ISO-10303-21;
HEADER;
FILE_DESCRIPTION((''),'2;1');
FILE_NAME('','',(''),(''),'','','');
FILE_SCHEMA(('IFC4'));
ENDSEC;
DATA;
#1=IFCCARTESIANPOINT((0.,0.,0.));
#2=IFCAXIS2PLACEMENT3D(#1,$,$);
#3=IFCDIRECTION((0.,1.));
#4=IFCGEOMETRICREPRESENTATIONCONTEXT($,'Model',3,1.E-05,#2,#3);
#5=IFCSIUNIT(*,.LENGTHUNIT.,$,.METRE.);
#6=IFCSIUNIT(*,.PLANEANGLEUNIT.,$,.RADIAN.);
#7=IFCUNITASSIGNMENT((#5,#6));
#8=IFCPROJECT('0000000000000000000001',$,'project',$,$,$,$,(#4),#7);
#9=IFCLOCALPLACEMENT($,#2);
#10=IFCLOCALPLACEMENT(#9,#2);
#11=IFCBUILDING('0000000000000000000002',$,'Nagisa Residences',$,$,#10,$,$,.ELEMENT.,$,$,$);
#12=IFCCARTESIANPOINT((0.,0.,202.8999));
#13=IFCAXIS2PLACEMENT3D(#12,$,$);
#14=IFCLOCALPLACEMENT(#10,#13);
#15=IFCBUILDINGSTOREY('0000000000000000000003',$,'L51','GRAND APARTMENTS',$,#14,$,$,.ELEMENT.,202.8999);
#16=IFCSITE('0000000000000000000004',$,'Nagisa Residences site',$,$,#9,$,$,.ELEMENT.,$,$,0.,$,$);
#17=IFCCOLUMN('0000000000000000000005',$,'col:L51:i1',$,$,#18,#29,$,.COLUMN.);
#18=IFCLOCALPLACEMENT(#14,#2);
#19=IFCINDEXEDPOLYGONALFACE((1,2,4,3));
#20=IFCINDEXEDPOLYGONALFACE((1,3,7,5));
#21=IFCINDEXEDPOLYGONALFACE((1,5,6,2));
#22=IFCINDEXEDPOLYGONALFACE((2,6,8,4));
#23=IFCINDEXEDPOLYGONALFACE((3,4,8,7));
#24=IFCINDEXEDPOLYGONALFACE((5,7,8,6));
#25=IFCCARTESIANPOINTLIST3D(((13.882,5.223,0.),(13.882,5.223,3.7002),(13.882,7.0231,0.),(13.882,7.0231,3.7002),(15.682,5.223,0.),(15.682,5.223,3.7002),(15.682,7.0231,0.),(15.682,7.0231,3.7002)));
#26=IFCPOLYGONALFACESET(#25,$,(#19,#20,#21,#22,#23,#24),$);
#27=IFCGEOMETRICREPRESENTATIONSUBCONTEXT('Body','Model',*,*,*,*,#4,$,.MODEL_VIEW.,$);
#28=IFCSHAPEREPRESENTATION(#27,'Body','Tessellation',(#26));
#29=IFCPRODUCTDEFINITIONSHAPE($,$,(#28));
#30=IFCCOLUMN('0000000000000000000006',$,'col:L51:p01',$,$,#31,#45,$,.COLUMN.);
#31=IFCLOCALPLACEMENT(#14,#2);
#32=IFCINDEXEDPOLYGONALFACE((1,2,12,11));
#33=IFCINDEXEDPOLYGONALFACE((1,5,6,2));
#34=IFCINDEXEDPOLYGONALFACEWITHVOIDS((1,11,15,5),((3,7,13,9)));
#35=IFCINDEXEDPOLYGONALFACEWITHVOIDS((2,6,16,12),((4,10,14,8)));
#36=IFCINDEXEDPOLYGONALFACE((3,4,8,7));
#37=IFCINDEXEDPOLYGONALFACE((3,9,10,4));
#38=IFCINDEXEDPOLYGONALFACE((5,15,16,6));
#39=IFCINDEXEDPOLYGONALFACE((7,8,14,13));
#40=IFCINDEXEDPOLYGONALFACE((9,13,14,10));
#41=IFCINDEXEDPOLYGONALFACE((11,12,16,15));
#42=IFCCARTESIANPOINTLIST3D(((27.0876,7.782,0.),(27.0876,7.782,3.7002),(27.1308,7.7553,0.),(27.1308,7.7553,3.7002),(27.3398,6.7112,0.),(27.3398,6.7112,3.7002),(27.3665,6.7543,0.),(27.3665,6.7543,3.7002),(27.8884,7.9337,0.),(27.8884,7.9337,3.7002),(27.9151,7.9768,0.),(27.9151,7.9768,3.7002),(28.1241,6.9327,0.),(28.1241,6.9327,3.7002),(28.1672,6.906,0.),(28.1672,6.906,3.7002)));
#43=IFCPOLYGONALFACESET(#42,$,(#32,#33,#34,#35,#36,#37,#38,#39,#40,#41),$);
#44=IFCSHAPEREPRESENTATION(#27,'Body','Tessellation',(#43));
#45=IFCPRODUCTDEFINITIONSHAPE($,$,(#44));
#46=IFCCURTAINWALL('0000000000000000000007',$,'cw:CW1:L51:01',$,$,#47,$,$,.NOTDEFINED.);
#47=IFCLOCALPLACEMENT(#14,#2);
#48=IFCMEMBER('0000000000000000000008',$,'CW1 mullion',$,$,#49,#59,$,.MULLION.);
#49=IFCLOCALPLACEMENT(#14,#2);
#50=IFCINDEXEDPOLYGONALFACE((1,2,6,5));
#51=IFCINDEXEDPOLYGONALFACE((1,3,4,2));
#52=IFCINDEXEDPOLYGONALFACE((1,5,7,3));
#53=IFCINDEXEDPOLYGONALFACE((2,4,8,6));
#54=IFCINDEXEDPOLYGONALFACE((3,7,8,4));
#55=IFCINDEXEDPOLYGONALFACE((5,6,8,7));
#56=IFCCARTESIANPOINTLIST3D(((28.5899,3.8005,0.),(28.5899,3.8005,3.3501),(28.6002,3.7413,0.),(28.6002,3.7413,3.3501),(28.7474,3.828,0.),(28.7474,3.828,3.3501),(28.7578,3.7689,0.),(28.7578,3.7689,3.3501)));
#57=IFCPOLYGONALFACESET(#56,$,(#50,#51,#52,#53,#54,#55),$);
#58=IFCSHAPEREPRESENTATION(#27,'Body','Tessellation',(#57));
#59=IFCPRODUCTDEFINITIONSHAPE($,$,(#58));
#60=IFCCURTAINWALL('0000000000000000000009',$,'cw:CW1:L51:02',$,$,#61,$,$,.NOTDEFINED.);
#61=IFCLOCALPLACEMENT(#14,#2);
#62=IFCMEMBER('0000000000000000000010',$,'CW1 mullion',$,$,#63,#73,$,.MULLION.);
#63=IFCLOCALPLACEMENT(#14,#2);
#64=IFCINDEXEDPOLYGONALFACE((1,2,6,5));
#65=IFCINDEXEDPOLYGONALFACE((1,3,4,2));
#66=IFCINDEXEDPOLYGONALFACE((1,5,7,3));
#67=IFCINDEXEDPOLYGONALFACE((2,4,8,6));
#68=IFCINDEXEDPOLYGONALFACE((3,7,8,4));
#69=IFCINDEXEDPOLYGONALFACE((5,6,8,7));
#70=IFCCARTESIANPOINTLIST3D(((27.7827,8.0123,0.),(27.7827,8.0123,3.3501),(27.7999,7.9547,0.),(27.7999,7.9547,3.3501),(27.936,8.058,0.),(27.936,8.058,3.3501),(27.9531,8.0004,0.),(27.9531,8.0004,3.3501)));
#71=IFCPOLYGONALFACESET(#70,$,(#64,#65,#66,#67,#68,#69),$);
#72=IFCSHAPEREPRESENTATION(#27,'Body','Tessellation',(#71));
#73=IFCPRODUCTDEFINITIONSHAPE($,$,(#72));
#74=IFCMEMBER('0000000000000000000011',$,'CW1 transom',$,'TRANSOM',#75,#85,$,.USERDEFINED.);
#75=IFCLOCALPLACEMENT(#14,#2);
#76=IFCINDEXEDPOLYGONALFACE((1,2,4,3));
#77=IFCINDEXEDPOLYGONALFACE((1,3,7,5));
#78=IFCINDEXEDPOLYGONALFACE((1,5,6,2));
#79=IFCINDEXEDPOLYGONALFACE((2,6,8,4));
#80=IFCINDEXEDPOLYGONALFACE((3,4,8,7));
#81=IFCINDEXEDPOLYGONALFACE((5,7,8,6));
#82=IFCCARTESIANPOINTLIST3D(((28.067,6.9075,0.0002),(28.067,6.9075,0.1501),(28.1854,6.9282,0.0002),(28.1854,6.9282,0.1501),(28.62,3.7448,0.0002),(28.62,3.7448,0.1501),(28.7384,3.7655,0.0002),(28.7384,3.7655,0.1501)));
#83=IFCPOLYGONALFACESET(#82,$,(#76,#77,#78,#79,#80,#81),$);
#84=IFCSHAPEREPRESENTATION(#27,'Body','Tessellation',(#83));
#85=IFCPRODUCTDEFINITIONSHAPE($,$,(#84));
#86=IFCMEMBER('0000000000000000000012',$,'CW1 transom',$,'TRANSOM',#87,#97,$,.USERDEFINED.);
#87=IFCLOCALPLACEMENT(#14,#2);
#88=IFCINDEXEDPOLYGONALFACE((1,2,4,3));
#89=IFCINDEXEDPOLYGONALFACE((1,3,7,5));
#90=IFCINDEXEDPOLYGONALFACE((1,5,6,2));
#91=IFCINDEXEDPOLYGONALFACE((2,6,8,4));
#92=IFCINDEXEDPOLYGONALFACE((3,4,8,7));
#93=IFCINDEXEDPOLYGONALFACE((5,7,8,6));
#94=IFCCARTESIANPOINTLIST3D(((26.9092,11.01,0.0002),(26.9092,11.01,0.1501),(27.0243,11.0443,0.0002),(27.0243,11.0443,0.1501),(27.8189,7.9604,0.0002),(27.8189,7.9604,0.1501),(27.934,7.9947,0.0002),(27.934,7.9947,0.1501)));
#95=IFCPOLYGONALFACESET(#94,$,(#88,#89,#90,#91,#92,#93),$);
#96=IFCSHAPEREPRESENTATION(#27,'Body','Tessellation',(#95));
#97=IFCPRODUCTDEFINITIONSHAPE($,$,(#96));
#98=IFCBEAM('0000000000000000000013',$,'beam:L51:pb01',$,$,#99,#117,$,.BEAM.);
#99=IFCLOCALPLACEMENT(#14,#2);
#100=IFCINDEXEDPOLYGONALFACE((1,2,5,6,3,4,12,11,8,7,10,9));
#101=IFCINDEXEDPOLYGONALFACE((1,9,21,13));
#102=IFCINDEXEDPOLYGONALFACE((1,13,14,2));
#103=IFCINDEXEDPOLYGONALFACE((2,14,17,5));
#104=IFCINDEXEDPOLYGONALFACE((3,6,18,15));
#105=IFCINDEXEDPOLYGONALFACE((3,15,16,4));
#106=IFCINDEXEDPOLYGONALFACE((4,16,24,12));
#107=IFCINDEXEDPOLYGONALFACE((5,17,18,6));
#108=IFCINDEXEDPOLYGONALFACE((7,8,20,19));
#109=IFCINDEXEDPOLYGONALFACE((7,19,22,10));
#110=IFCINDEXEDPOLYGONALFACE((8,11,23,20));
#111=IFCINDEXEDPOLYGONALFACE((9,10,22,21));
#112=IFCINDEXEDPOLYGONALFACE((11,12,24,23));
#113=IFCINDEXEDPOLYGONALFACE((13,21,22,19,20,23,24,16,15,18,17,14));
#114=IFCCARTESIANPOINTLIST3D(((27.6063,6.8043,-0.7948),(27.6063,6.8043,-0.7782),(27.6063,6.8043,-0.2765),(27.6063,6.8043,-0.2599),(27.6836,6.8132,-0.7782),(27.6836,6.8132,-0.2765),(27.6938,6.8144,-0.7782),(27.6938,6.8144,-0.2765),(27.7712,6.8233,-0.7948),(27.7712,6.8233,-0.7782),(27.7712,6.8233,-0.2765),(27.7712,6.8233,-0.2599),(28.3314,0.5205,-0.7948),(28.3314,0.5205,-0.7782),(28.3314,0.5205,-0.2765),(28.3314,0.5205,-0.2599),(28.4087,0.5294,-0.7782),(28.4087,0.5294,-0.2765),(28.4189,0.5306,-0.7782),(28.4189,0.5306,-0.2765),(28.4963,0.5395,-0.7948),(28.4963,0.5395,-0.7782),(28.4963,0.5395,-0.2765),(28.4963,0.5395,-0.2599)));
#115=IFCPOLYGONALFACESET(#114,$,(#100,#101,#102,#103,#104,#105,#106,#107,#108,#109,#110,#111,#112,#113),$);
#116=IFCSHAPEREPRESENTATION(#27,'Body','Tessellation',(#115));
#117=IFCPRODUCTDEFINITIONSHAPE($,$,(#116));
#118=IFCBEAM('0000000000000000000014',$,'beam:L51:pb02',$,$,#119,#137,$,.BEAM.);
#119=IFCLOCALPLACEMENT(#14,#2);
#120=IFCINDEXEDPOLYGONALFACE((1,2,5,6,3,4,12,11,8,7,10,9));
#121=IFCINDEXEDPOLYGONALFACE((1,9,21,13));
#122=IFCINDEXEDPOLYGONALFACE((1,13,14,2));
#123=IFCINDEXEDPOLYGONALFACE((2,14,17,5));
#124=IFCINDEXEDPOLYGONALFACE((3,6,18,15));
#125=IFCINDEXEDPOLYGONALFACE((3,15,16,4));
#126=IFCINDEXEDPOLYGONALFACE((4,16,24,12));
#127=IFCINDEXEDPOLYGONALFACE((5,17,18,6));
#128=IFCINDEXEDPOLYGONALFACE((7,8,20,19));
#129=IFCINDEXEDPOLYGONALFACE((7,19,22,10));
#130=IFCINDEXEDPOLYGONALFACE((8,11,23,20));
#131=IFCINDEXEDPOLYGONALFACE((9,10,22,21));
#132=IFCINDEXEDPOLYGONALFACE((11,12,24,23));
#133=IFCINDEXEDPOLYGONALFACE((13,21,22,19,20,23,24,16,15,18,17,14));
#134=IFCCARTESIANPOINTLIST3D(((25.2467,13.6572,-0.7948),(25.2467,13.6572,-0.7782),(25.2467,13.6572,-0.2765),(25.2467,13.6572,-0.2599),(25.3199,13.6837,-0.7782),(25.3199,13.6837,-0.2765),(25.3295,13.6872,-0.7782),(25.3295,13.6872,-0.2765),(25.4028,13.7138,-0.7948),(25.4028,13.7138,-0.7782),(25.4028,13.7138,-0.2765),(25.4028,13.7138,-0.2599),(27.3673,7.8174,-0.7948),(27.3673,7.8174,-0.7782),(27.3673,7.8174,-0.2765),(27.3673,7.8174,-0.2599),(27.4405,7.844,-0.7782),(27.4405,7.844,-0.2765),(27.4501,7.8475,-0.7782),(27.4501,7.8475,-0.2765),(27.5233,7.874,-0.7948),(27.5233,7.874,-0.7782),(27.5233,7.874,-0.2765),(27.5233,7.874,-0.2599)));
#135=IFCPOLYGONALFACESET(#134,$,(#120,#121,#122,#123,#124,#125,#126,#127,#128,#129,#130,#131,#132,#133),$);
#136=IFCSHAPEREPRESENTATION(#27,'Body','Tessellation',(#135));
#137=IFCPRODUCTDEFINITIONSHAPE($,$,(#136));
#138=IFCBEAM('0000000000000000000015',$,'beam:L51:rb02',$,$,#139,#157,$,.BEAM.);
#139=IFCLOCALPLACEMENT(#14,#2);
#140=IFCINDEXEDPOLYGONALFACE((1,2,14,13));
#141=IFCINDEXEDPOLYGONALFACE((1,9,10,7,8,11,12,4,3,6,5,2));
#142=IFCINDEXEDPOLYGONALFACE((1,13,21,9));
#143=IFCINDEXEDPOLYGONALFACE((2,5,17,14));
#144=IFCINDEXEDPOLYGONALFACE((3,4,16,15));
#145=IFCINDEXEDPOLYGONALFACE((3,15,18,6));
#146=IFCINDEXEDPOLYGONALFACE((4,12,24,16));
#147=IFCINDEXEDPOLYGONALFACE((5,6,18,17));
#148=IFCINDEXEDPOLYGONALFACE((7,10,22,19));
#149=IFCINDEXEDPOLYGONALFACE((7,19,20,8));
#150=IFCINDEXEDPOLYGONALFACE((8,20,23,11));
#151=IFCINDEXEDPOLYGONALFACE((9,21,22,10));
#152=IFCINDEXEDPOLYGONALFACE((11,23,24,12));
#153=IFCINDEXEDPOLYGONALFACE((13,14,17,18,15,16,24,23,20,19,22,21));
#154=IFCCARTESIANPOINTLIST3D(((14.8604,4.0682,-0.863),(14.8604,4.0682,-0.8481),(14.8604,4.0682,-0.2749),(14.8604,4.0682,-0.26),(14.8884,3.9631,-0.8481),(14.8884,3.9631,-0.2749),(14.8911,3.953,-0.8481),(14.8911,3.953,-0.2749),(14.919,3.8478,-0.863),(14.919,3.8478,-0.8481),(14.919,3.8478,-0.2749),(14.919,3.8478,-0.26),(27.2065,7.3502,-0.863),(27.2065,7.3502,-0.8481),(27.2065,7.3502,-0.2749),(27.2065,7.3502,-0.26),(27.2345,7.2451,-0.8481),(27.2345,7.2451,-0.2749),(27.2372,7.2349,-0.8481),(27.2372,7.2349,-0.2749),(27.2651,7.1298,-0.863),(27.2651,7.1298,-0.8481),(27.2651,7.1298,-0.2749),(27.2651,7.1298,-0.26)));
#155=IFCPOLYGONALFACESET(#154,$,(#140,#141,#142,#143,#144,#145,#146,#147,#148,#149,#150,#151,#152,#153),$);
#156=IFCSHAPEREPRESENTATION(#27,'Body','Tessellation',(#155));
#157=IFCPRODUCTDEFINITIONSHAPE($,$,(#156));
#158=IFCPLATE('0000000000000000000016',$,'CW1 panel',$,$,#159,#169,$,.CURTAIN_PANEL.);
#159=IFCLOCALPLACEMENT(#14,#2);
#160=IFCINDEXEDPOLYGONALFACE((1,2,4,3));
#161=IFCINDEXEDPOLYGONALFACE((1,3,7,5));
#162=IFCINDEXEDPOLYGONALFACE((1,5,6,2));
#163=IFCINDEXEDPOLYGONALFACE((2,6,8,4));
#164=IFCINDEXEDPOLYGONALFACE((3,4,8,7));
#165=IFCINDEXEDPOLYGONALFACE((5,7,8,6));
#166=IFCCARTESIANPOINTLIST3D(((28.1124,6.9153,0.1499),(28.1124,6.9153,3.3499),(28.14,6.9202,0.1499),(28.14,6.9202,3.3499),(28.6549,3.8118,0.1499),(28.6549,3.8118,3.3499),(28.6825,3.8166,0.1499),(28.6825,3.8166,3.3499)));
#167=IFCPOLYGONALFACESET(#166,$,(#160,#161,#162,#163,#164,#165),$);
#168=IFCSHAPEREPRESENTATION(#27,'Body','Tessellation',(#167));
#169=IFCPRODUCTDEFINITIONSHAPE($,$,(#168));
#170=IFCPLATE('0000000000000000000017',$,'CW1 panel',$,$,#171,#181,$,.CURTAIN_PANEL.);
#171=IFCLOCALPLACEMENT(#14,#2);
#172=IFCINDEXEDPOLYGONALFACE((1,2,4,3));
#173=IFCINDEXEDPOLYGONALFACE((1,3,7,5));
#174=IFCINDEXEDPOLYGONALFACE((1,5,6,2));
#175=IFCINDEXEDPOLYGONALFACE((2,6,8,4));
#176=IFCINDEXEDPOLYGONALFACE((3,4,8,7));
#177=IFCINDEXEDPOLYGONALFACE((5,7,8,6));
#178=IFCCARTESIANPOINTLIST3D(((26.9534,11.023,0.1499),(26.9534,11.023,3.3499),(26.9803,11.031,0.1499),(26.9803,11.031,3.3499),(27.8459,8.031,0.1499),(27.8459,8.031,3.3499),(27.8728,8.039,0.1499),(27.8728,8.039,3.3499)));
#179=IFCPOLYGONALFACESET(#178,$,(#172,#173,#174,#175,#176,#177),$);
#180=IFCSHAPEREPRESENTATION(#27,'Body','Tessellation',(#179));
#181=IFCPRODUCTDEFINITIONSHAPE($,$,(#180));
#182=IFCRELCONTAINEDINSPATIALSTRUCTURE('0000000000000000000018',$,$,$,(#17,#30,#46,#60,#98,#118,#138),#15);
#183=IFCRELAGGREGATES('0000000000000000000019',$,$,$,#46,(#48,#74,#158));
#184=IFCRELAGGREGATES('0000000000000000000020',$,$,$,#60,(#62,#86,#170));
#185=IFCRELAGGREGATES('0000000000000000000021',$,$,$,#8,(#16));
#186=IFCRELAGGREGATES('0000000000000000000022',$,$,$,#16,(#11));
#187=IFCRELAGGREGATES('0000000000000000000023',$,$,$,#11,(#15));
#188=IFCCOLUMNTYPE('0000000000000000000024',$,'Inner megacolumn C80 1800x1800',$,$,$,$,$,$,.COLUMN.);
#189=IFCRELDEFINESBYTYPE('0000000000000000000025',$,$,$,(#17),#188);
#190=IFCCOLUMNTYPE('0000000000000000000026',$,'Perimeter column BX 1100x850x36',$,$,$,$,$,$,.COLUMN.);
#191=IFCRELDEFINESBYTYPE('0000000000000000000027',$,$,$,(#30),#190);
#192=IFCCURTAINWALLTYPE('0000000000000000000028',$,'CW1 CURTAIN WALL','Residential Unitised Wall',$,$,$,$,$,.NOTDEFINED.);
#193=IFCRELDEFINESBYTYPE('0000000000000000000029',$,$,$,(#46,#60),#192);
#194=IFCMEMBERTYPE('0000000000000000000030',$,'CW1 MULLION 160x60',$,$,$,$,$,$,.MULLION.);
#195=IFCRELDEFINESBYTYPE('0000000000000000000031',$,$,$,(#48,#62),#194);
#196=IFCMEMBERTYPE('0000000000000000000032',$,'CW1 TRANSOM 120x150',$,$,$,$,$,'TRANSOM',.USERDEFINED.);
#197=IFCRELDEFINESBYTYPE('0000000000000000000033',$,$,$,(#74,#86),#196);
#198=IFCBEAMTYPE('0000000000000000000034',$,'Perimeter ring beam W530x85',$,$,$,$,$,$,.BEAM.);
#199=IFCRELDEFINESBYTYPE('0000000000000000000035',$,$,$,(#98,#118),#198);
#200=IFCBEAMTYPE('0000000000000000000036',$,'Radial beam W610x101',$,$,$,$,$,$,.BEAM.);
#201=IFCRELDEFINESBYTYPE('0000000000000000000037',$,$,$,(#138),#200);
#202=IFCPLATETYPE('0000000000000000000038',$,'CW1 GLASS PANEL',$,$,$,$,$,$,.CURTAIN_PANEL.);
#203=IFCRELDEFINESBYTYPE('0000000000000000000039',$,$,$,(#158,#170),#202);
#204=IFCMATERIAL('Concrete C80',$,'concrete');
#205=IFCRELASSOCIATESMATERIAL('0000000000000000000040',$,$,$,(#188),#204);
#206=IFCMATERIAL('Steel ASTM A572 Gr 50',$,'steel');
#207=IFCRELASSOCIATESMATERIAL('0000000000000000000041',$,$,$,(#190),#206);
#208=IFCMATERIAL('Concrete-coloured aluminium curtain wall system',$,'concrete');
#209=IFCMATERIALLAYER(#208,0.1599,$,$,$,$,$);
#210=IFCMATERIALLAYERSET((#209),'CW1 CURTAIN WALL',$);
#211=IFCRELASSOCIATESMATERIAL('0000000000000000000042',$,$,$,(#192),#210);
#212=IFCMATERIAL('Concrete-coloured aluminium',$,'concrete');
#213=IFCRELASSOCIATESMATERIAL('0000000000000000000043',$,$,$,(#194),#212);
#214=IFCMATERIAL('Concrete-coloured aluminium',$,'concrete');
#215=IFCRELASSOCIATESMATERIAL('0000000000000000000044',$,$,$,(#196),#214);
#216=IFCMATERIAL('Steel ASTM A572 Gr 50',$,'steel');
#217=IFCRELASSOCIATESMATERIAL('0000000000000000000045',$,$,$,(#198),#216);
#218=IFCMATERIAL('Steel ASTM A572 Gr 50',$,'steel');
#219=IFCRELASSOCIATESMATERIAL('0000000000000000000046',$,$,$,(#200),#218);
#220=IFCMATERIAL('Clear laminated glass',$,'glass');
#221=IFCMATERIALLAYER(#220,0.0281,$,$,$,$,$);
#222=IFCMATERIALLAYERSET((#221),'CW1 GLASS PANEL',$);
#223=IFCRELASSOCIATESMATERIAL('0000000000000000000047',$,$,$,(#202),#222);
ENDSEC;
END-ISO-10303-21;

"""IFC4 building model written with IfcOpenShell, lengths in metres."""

from ifc_helpers import new_model, si_unit, direction, frame, origin, origin_2d, place, context, subcontext, project, spatial, rectangle, hollow_rectangle, i_section, extrude, material, layer, layer_set, material_profile, profile_set, type_object, element, aggregate, save


model = new_model("IFC4")

# Units and contexts
model_context = context("Model", 3, precision=1e-05, world=origin(), true_north=direction((0.0, 1.0)))
body_context = subcontext(model_context, "Body", "Model", "MODEL_VIEW")
ifc_project = project(units=[si_unit("LENGTHUNIT", "METRE"), si_unit("PLANEANGLEUNIT", "RADIAN")], contexts=[model_context])

# Site, building, storey
site_placement = place(None, origin())
site = spatial("IfcSite", under=ifc_project, at=site_placement, Name="Nagisa Residences site", CompositionType="ELEMENT", RefElevation=0.0)
building_placement = place(site_placement, origin())
building = spatial("IfcBuilding", under=site, at=building_placement, Name="Nagisa Residences", CompositionType="ELEMENT")
storey_placement = place(building_placement, frame((0.0, 0.0, 202.8999)))
storey = spatial("IfcBuildingStorey", under=building, at=storey_placement, Name="L51", Description="GRAND APARTMENTS", CompositionType="ELEMENT", Elevation=202.8999)

# Columns
ifc_material_1 = material(Name="Concrete C80", Category="concrete")
ifc_material_profile_1 = material_profile(ifc_material_1, rectangle(XDim=1.8, YDim=1.8, at=origin_2d()), Name="C80 1800x1800")
ifc_profile_set_1 = profile_set([ifc_material_profile_1], Name="Concrete C80")
column_type_1 = type_object("IfcColumnType", Name="Inner megacolumn C80 1800x1800", PredefinedType="COLUMN", material=ifc_profile_set_1)
column_1_placement = place(storey_placement, frame((14.782, 6.123, 0.0), z_axis=(0.0, 0.0, 1.0), x_axis=(1.0, 0.0, 0.0)))
element("IfcColumn", 1, at=column_1_placement, inside=storey, type_object=column_type_1, Name="col:L51:i1", PredefinedType="COLUMN", context=body_context, shape_type="SweptSolid", body=[
    extrude(rectangle(XDim=1.8, YDim=1.8, at=origin_2d()), origin(), (0.0, 0.0, 1.0), 3.7002),
])
ifc_material_2 = material(Name="Steel ASTM A572 Gr 50", Category="steel")
ifc_material_profile_2 = material_profile(ifc_material_2, hollow_rectangle(XDim=1.1001, YDim=0.8501, WallThickness=0.0359, at=origin_2d()), Name="BX 1100x850x36")
ifc_profile_set_2 = profile_set([ifc_material_profile_2], Name="Steel ASTM A572 Gr 50")
column_type_2 = type_object("IfcColumnType", Name="Perimeter column BX 1100x850x36", PredefinedType="COLUMN", material=ifc_profile_set_2)
column_2_placement = place(storey_placement, frame((27.6274, 7.344, 0.0), z_axis=(0.0, 0.0, 1.0), x_axis=(-0.229202, 0.973379, 0.0)))
element("IfcColumn", 2, at=column_2_placement, inside=storey, type_object=column_type_2, Name="col:L51:p01", PredefinedType="COLUMN", context=body_context, shape_type="SweptSolid", body=[
    extrude(hollow_rectangle(XDim=1.1001, YDim=0.8501, WallThickness=0.0359, at=origin_2d()), origin(), (0.0, 0.0, 1.0), 3.7002),
])

# Curtain walls, members
ifc_material_3 = material(Name="Concrete-coloured aluminium curtain wall system", Category="concrete")
ifc_layer_1 = layer(ifc_material_3, 0.1599)
ifc_layer_set_1 = layer_set([ifc_layer_1], Name="CW1 CURTAIN WALL")
curtain_wall_type = type_object("IfcCurtainWallType", Name="CW1 CURTAIN WALL", Description="Residential Unitised Wall", PredefinedType="NOTDEFINED", material=ifc_layer_set_1)
curtain_wall_1_placement = place(storey_placement, origin())
curtain_wall_1 = element("IfcCurtainWall", 3, at=curtain_wall_1_placement, inside=storey, type_object=curtain_wall_type, Name="cw:CW1:L51:01", PredefinedType="NOTDEFINED")
ifc_material_4 = material(Name="Concrete-coloured aluminium", Category="concrete")
ifc_material_profile_3 = material_profile(ifc_material_4, rectangle(XDim=0.1599, YDim=0.0601, at=origin_2d()), Name="CW1 MULLION 160x60")
ifc_profile_set_3 = profile_set([ifc_material_profile_3], Name="Concrete-coloured aluminium")
member_type_1 = type_object("IfcMemberType", Name="CW1 MULLION 160x60", PredefinedType="MULLION", material=ifc_profile_set_3)
member_1_placement = place(storey_placement, frame((28.6738, 3.7847, 0.0), z_axis=(0.0, 0.0, 1.0), x_axis=(-0.985064, -0.172191, 0.0)))
member_1 = element("IfcMember", 4, at=member_1_placement, type_object=member_type_1, Name="CW1 mullion", PredefinedType="MULLION", context=body_context, shape_type="SweptSolid", body=[
    extrude(rectangle(XDim=0.1599, YDim=0.0601, at=origin_2d()), origin(), (0.0, 0.0, 1.0), 3.3501),
])
curtain_wall_2_placement = place(storey_placement, origin())
curtain_wall_2 = element("IfcCurtainWall", 5, at=curtain_wall_2_placement, inside=storey, type_object=curtain_wall_type, Name="cw:CW1:L51:02", PredefinedType="NOTDEFINED")
member_2_placement = place(storey_placement, frame((27.8679, 8.0063, 0.0), z_axis=(0.0, 0.0, 1.0), x_axis=(-0.958271, -0.28586, 0.0)))
member_2 = element("IfcMember", 6, at=member_2_placement, type_object=member_type_1, Name="CW1 mullion", PredefinedType="MULLION", context=body_context, shape_type="SweptSolid", body=[
    extrude(rectangle(XDim=0.1599, YDim=0.0601, at=origin_2d()), origin(), (0.0, 0.0, 1.0), 3.3501),
])

# Members
ifc_material_5 = material(Name="Concrete-coloured aluminium", Category="concrete")
ifc_material_profile_4 = material_profile(ifc_material_5, rectangle(XDim=0.1201, YDim=0.1499, at=origin_2d()), Name="CW1 TRANSOM 120x150")
ifc_profile_set_4 = profile_set([ifc_material_profile_4], Name="Concrete-coloured aluminium")
member_type_2 = type_object("IfcMemberType", Name="CW1 TRANSOM 120x150", ElementType="TRANSOM", PredefinedType="USERDEFINED", material=ifc_profile_set_4)
member_3_placement = place(storey_placement, frame((28.6792, 3.7551, 0.0752), z_axis=(-0.172236, 0.985056, 0.0), x_axis=(-0.985056, -0.172236, 0.0)))
member_3 = element("IfcMember", 7, at=member_3_placement, type_object=member_type_2, Name="CW1 transom", ObjectType="TRANSOM", PredefinedType="USERDEFINED", context=body_context, shape_type="SweptSolid", body=[
    extrude(rectangle(XDim=0.1201, YDim=0.1499, at=origin_2d()), origin(), (0.0, 0.0, 1.0), 3.2107),
])
member_4_placement = place(storey_placement, frame((27.8765, 7.9775, 0.0752), z_axis=(-0.285848, 0.958275, 0.0), x_axis=(-0.958275, -0.285848, 0.0)))
member_4 = element("IfcMember", 8, at=member_4_placement, type_object=member_type_2, Name="CW1 transom", ObjectType="TRANSOM", PredefinedType="USERDEFINED", context=body_context, shape_type="SweptSolid", body=[
    extrude(rectangle(XDim=0.1201, YDim=0.1499, at=origin_2d()), origin(), (0.0, 0.0, 1.0), 3.1824),
])

# Beams
ifc_material_6 = material(Name="Steel ASTM A572 Gr 50", Category="steel")
ifc_material_profile_5 = material_profile(ifc_material_6, i_section(OverallWidth=0.166, OverallDepth=0.5349, WebThickness=0.0103, FlangeThickness=0.0166, at=origin_2d()), Name="W530x85")
ifc_profile_set_5 = profile_set([ifc_material_profile_5], Name="Steel ASTM A572 Gr 50")
beam_type_1 = type_object("IfcBeamType", Name="Perimeter ring beam W530x85", PredefinedType="BEAM", material=ifc_profile_set_5)
beam_1_placement = place(storey_placement, frame((28.4138, 0.53, -0.5273), z_axis=(-0.114633, 0.993408, 0.0), x_axis=(-0.993408, -0.114633, 0.0)))
element("IfcBeam", 9, at=beam_1_placement, inside=storey, type_object=beam_type_1, Name="beam:L51:pb01", PredefinedType="BEAM", context=body_context, shape_type="SweptSolid", body=[
    extrude(i_section(OverallWidth=0.166, OverallDepth=0.5349, WebThickness=0.0103, FlangeThickness=0.0166, at=origin_2d()), origin(), (0.0, 0.0, 1.0), 6.3254),
])
beam_2_placement = place(storey_placement, frame((27.4453, 7.8457, -0.5273), z_axis=(-0.34132, 0.939947, 0.0), x_axis=(-0.939947, -0.34132, 0.0)))
element("IfcBeam", 10, at=beam_2_placement, inside=storey, type_object=beam_type_1, Name="beam:L51:pb02", PredefinedType="BEAM", context=body_context, shape_type="SweptSolid", body=[
    extrude(i_section(OverallWidth=0.166, OverallDepth=0.5349, WebThickness=0.0103, FlangeThickness=0.0166, at=origin_2d()), origin(), (0.0, 0.0, 1.0), 6.2129),
])
ifc_material_7 = material(Name="Steel ASTM A572 Gr 50", Category="steel")
ifc_material_profile_6 = material_profile(ifc_material_7, i_section(OverallWidth=0.228, OverallDepth=0.603, WebThickness=0.0105, FlangeThickness=0.0149, at=origin_2d()), Name="W610x101")
ifc_profile_set_6 = profile_set([ifc_material_profile_6], Name="Steel ASTM A572 Gr 50")
beam_type_2 = type_object("IfcBeamType", Name="Radial beam W610x101", PredefinedType="BEAM", material=ifc_profile_set_6)
beam_3_placement = place(storey_placement, frame((27.2358, 7.24, -0.5615), z_axis=(-0.966436, -0.256907, 0.0), x_axis=(0.256907, -0.966436, 0.0)))
element("IfcBeam", 11, at=beam_3_placement, inside=storey, type_object=beam_type_2, Name="beam:L51:rb02", PredefinedType="BEAM", context=body_context, shape_type="SweptSolid", body=[
    extrude(i_section(OverallWidth=0.228, OverallDepth=0.603, WebThickness=0.0105, FlangeThickness=0.0149, at=origin_2d()), origin(), (0.0, 0.0, 1.0), 12.7749),
])

# Plates
ifc_material_8 = material(Name="Clear laminated glass", Category="glass")
ifc_layer_2 = layer(ifc_material_8, 0.0281)
ifc_layer_set_2 = layer_set([ifc_layer_2], Name="CW1 GLASS PANEL")
plate_type = type_object("IfcPlateType", Name="CW1 GLASS PANEL", PredefinedType="CURTAIN_PANEL", material=ifc_layer_set_2)
plate_1_placement = place(storey_placement, frame((28.3975, 5.366, 0.1499), z_axis=(0.0, 0.0, 1.0), x_axis=(-0.172191, 0.985064, 0.0)))
plate_1 = element("IfcPlate", 12, at=plate_1_placement, type_object=plate_type, Name="CW1 panel", PredefinedType="CURTAIN_PANEL", context=body_context, shape_type="SweptSolid", body=[
    extrude(rectangle(XDim=3.1506, YDim=0.0281, at=origin_2d()), origin(), (0.0, 0.0, 1.0), 3.2),
])
aggregate(curtain_wall_1, [member_1, member_3, plate_1])
plate_2_placement = place(storey_placement, frame((27.4131, 9.531, 0.1499), z_axis=(0.0, 0.0, 1.0), x_axis=(-0.28586, 0.958271, 0.0)))
plate_2 = element("IfcPlate", 13, at=plate_2_placement, type_object=plate_type, Name="CW1 panel", PredefinedType="CURTAIN_PANEL", context=body_context, shape_type="SweptSolid", body=[
    extrude(rectangle(XDim=3.1223, YDim=0.0281, at=origin_2d()), origin(), (0.0, 0.0, 1.0), 3.2),
])
aggregate(curtain_wall_2, [member_2, member_4, plate_2])

save(model, "model.ifc")
